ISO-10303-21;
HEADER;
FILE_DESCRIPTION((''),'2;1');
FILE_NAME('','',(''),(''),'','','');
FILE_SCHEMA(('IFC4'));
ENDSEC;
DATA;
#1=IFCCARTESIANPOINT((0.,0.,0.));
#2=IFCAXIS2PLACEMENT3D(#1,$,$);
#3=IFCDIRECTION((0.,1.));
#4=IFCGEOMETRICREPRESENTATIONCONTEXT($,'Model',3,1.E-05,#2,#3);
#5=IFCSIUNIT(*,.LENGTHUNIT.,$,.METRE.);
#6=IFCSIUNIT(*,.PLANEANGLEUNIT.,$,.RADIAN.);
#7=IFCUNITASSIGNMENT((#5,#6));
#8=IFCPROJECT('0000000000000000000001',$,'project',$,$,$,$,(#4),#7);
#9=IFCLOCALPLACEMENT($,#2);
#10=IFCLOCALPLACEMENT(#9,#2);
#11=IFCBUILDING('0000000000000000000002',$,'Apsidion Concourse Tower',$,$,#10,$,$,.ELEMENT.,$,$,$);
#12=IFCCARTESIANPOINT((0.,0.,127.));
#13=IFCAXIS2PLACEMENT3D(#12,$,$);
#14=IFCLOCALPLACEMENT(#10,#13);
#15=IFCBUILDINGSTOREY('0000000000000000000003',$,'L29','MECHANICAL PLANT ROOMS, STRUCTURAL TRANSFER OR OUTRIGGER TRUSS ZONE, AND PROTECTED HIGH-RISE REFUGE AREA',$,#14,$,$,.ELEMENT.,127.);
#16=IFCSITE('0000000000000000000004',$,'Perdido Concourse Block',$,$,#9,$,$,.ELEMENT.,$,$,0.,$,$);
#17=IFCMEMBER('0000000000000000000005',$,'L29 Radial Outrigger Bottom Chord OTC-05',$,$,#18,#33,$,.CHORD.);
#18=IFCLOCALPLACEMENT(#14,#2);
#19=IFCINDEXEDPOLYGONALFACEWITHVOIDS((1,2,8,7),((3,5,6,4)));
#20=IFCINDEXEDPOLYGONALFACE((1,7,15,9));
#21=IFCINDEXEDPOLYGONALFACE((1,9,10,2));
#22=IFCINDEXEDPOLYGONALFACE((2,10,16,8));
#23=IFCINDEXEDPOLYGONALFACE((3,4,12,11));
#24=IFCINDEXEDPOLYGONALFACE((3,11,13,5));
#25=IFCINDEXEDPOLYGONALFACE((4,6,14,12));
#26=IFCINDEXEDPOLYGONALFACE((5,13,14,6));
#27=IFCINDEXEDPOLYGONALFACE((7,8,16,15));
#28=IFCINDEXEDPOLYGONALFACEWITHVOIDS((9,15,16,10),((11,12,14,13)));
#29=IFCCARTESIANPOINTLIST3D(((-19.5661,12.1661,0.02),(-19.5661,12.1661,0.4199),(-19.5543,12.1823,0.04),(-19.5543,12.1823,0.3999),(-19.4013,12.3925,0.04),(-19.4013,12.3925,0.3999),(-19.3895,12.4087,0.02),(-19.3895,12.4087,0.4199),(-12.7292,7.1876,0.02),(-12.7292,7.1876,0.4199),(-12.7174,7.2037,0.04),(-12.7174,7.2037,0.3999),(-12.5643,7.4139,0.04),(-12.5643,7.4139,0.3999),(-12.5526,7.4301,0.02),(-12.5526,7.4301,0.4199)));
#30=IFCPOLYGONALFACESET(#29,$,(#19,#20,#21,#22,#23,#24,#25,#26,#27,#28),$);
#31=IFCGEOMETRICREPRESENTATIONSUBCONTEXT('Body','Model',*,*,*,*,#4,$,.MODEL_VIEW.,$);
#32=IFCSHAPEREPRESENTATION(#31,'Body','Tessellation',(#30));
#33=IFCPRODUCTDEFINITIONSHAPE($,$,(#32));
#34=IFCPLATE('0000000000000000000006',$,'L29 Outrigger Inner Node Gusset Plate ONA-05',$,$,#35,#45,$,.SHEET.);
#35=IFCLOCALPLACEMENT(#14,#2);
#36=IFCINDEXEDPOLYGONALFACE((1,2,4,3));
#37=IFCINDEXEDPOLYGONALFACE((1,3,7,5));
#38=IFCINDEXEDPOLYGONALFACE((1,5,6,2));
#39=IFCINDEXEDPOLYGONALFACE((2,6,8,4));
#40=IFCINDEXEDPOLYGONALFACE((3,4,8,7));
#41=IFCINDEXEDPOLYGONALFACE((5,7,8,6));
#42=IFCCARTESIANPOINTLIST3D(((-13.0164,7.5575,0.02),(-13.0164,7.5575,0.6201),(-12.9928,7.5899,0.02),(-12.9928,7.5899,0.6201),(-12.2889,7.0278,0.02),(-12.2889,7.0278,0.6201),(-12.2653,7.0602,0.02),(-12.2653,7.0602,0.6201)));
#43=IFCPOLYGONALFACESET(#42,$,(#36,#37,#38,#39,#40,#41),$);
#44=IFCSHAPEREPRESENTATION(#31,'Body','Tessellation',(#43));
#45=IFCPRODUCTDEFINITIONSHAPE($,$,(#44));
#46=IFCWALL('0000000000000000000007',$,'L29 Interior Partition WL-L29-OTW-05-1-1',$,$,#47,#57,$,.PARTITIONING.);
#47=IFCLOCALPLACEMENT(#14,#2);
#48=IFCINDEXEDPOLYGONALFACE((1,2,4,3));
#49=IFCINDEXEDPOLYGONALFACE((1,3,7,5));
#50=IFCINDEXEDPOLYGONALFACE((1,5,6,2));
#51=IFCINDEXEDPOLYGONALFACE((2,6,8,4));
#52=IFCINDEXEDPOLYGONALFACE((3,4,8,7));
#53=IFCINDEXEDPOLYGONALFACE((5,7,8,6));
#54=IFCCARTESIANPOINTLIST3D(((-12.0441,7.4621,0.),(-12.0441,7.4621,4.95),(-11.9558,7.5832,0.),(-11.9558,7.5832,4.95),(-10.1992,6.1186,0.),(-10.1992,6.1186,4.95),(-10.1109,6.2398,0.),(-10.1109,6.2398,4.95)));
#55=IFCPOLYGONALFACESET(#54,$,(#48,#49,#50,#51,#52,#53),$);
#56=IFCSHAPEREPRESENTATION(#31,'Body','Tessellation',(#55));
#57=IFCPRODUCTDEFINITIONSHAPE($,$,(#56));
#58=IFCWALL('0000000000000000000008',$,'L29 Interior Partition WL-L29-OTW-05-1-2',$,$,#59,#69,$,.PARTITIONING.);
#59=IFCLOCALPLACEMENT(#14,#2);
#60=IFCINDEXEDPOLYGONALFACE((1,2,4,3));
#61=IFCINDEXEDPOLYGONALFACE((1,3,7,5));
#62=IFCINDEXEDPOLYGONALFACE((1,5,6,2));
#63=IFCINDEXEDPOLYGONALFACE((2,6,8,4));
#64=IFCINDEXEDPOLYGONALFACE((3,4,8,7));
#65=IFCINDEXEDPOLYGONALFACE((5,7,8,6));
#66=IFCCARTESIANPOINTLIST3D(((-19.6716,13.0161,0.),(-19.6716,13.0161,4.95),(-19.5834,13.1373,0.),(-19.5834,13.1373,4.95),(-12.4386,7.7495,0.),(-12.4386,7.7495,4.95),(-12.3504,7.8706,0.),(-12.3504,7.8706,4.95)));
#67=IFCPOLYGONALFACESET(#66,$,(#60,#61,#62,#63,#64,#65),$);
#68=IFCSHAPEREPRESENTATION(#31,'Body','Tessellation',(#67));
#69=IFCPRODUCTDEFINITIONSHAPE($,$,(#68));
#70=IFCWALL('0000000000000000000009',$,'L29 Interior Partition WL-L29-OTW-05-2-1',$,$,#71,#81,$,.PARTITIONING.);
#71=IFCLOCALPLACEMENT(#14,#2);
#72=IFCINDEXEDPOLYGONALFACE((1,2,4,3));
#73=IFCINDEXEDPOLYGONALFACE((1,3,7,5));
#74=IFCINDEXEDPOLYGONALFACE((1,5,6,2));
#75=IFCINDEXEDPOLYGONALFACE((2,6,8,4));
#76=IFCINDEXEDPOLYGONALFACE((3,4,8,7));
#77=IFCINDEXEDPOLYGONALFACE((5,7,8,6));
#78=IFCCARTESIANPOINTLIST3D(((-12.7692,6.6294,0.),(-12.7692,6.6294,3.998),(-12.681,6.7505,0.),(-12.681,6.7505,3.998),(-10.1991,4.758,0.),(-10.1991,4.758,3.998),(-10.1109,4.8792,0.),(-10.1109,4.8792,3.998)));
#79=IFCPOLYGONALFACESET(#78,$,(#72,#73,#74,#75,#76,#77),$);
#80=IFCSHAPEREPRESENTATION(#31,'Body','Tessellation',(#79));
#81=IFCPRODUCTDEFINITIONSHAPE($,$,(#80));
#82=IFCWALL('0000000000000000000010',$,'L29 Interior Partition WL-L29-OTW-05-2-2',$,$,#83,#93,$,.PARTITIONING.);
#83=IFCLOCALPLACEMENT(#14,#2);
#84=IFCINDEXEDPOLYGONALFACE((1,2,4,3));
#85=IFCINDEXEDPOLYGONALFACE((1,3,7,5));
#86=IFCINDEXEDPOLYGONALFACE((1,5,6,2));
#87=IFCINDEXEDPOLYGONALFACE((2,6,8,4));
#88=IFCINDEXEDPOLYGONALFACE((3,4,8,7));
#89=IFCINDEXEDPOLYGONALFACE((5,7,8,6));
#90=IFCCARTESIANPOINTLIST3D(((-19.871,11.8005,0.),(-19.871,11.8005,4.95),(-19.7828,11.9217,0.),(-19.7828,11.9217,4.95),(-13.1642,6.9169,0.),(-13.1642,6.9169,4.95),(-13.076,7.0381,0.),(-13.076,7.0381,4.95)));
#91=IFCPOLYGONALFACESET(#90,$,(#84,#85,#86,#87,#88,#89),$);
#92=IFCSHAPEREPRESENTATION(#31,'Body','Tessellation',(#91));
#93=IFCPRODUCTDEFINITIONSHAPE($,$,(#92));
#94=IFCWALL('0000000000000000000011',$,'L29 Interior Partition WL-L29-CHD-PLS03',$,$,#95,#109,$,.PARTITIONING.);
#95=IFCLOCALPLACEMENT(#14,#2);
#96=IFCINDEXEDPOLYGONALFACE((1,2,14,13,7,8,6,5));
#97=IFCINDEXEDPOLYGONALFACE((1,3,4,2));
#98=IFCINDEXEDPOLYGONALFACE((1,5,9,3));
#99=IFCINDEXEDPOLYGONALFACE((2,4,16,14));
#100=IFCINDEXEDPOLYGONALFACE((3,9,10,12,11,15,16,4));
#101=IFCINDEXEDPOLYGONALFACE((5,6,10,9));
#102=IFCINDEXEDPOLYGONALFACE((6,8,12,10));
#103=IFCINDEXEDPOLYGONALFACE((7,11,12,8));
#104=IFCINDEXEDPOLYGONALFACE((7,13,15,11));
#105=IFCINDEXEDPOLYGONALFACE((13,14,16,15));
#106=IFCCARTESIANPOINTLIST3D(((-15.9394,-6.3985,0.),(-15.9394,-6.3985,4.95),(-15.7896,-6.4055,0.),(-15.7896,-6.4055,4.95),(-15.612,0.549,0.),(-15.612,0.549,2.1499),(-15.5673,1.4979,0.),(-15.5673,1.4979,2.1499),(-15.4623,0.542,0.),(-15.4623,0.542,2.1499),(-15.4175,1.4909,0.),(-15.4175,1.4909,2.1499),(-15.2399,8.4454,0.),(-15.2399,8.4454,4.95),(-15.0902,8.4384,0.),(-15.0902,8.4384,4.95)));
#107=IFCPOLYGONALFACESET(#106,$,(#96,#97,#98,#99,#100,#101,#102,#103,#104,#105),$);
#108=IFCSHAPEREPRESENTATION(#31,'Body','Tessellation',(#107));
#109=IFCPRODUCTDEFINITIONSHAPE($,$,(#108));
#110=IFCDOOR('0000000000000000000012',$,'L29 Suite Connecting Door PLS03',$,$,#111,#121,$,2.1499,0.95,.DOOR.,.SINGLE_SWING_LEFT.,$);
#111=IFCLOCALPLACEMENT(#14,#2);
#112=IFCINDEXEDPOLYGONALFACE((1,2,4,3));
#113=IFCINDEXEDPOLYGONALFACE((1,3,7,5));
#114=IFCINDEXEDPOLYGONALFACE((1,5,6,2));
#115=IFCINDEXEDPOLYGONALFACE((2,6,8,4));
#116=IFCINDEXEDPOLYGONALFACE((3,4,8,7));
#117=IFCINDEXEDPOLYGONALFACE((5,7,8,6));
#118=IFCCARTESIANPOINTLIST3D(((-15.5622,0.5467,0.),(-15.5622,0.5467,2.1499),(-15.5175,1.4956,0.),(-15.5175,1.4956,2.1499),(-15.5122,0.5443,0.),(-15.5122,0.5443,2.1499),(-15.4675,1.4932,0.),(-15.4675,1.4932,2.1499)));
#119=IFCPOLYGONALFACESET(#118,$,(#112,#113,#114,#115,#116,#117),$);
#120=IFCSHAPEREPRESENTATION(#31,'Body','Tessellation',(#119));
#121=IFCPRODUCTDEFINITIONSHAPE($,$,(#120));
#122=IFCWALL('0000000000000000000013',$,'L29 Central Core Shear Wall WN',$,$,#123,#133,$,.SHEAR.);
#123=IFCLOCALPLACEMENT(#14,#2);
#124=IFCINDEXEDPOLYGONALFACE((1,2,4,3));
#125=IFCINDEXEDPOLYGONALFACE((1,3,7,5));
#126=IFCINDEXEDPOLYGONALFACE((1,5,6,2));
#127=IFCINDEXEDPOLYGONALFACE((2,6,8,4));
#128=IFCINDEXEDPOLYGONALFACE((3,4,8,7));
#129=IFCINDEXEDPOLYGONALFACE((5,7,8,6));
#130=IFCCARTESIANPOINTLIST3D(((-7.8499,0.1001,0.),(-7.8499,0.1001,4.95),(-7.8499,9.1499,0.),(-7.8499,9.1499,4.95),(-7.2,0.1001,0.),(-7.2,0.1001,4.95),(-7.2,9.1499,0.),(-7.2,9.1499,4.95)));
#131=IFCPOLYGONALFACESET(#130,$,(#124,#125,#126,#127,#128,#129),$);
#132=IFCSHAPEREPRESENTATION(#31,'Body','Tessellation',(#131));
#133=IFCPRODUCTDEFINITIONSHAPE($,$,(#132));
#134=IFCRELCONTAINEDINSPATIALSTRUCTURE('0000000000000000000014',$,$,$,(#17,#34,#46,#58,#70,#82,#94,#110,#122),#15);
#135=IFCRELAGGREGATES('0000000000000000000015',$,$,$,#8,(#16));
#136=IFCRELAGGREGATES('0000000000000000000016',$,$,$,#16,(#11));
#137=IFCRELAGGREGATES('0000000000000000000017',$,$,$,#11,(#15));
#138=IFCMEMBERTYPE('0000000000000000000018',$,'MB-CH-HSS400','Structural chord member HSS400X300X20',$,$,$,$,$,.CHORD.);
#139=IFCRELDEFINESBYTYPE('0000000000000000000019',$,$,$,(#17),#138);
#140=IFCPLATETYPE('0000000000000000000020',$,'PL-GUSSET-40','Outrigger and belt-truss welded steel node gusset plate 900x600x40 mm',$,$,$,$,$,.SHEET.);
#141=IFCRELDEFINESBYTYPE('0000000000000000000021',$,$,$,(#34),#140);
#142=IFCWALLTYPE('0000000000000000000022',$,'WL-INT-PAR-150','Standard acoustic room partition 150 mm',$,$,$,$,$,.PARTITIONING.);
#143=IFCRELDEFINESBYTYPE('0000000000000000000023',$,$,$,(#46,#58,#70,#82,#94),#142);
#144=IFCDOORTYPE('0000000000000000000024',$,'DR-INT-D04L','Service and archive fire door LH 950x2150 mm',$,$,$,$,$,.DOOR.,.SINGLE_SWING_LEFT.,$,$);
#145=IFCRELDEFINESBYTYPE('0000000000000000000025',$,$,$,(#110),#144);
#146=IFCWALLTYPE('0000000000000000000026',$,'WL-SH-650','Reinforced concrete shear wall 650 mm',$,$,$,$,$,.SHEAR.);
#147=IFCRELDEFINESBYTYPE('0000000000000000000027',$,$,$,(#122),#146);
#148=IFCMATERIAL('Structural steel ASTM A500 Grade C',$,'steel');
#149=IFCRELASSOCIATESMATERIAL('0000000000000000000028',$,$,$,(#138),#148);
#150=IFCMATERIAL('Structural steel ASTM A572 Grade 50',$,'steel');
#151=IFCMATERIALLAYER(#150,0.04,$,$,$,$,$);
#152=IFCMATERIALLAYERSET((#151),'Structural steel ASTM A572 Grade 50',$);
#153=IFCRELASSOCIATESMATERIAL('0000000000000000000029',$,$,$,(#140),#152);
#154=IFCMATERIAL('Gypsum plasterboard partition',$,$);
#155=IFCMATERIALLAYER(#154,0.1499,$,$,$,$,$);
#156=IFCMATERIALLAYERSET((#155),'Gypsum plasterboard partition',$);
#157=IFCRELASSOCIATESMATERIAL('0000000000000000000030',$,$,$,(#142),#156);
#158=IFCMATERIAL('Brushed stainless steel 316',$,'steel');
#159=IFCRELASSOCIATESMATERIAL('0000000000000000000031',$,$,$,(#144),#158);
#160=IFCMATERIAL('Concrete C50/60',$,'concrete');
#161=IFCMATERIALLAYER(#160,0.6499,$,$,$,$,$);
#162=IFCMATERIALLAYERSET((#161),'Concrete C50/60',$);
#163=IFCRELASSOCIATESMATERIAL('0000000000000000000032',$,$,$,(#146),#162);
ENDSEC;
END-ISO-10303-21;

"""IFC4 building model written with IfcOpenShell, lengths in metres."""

from ifc_helpers import new_model, si_unit, direction, frame, frame_2d, origin, origin_2d, place, context, subcontext, project, spatial, rectangle, hollow_rectangle, extrude, material, layer, layer_set, material_profile, profile_set, type_object, element, fill, save


model = new_model("IFC4")

# Units and contexts
model_context = context("Model", 3, precision=1e-05, world=origin(), true_north=direction((0.0, 1.0)))
body_context = subcontext(model_context, "Body", "Model", "MODEL_VIEW")
ifc_project = project(units=[si_unit("LENGTHUNIT", "METRE"), si_unit("PLANEANGLEUNIT", "RADIAN")], contexts=[model_context])

# Site, building, storey
site_placement = place(None, origin())
site = spatial("IfcSite", under=ifc_project, at=site_placement, Name="Perdido Concourse Block", CompositionType="ELEMENT", RefElevation=0.0)
building_placement = place(site_placement, origin())
building = spatial("IfcBuilding", under=site, at=building_placement, Name="Apsidion Concourse Tower", CompositionType="ELEMENT")
storey_placement = place(building_placement, frame((0.0, 0.0, 127.0)))
storey = spatial("IfcBuildingStorey", under=building, at=storey_placement, Name="L29", Description="MECHANICAL PLANT ROOMS, STRUCTURAL TRANSFER OR OUTRIGGER TRUSS ZONE, AND PROTECTED HIGH-RISE REFUGE AREA", CompositionType="ELEMENT", Elevation=127.0)

# Shared definitions
ifc_material_1 = material(Name="Concrete C50/60", Category="concrete")

# Member
ifc_material_2 = material(Name="Structural steel ASTM A572 Grade 50", Category="steel")
ifc_material_3 = material(Name="Structural steel ASTM A500 Grade C", Category="steel")
ifc_material_profile_1 = material_profile(ifc_material_3, hollow_rectangle(XDim=0.3, YDim=0.3999, WallThickness=0.02, at=origin_2d()), Name="HSS400X300X20")
ifc_profile_set_1 = profile_set([ifc_material_profile_1], Name="Structural steel ASTM A500 Grade C")
member_type_1 = type_object("IfcMemberType", Name="MB-CH-HSS400", Description="Structural chord member HSS400X300X20", PredefinedType="CHORD", material=ifc_profile_set_1)
member_1_placement = place(storey_placement, frame((-12.6409, 7.3088, 0.22), z_axis=(-0.808386, 0.588652, 0.0), x_axis=(-0.588652, -0.808386, 0.0)))
element("IfcMember", 1, at=member_1_placement, inside=storey, type_object=member_type_1, Name="L29 Radial Outrigger Bottom Chord OTC-05", PredefinedType="CHORD", context=body_context, shape_type="SweptSolid", body=[
    extrude(hollow_rectangle(XDim=0.3, YDim=0.3999, WallThickness=0.02, at=origin_2d()), origin(), (0.0, 0.0, 1.0), 8.4575),
])

# Plate
ifc_layer_1 = layer(ifc_material_2, 0.04)
ifc_layer_set_1 = layer_set([ifc_layer_1], Name="Structural steel ASTM A572 Grade 50")
plate_type = type_object("IfcPlateType", Name="PL-GUSSET-40", Description="Outrigger and belt-truss welded steel node gusset plate 900x600x40 mm", PredefinedType="SHEET", material=ifc_layer_set_1)
plate_placement = place(storey_placement, frame((-12.6409, 7.3088, 0.02), z_axis=(0.0, 0.0, 1.0), x_axis=(-0.808401, 0.588632, 0.0)))
element("IfcPlate", 2, at=plate_placement, inside=storey, type_object=plate_type, Name="L29 Outrigger Inner Node Gusset Plate ONA-05", PredefinedType="SHEET", context=body_context, shape_type="SweptSolid", body=[
    extrude(rectangle(XDim=0.8999, YDim=0.04, at=origin_2d()), origin(), (0.0, 0.0, 1.0), 0.6001),
])

# Walls
ifc_material_4 = material(Name="Gypsum plasterboard partition")
ifc_layer_2 = layer(ifc_material_4, 0.1499)
ifc_layer_set_2 = layer_set([ifc_layer_2], Name="Gypsum plasterboard partition")
wall_type_1 = type_object("IfcWallType", Name="WL-INT-PAR-150", Description="Standard acoustic room partition 150 mm", PredefinedType="PARTITIONING", material=ifc_layer_set_2)
wall_1_placement = place(storey_placement, frame((-10.155, 6.1792, 0.0), z_axis=(0.0, 0.0, 1.0), x_axis=(-0.80838, 0.588661, 0.0)))
element("IfcWall", 3, at=wall_1_placement, inside=storey, type_object=wall_type_1, Name="L29 Interior Partition WL-L29-OTW-05-1-1", PredefinedType="PARTITIONING", context=body_context, shape_type="SweptSolid", body=[
    extrude(rectangle(XDim=2.2822, YDim=0.1499, at=frame_2d((1.1411, 0.0))), origin(), (0.0, 0.0, 1.0), 4.95),
])
wall_2_placement = place(storey_placement, frame((-12.3945, 7.8101, 0.0), z_axis=(0.0, 0.0, 1.0), x_axis=(-0.808401, 0.588632, 0.0)))
element("IfcWall", 4, at=wall_2_placement, inside=storey, type_object=wall_type_1, Name="L29 Interior Partition WL-L29-OTW-05-1-2", PredefinedType="PARTITIONING", context=body_context, shape_type="SweptSolid", body=[
    extrude(rectangle(XDim=8.9473, YDim=0.1499, at=frame_2d((4.4736, 0.0))), origin(), (0.0, 0.0, 1.0), 4.95),
])
wall_3_placement = place(storey_placement, frame((-10.155, 4.8186, 0.0), z_axis=(0.0, 0.0, 1.0), x_axis=(-0.808407, 0.588624, 0.0)))
element("IfcWall", 5, at=wall_3_placement, inside=storey, type_object=wall_type_1, Name="L29 Interior Partition WL-L29-OTW-05-2-1", PredefinedType="PARTITIONING", context=body_context, shape_type="SweptSolid", body=[
    extrude(rectangle(XDim=3.1792, YDim=0.1499, at=frame_2d((1.5896, 0.0))), origin(), (0.0, 0.0, 1.0), 3.998),
])
wall_4_placement = place(storey_placement, frame((-13.1201, 6.9775, 0.0), z_axis=(0.0, 0.0, 1.0), x_axis=(-0.808399, 0.588635, 0.0)))
element("IfcWall", 6, at=wall_4_placement, inside=storey, type_object=wall_type_1, Name="L29 Interior Partition WL-L29-OTW-05-2-2", PredefinedType="PARTITIONING", context=body_context, shape_type="SweptSolid", body=[
    extrude(rectangle(XDim=8.2964, YDim=0.1499, at=frame_2d((4.1482, 0.0))), origin(), (0.0, 0.0, 1.0), 4.95),
])

# Wall, opening, door
wall_5_placement = place(storey_placement, frame((-15.165, 8.4419, 0.0), z_axis=(0.0, 0.0, 1.0), x_axis=(-0.047069, -0.998892, 0.0)))
wall_5 = element("IfcWall", 7, at=wall_5_placement, inside=storey, type_object=wall_type_1, Name="L29 Interior Partition WL-L29-CHD-PLS03", PredefinedType="PARTITIONING", context=body_context, shape_type="SweptSolid", body=[
    extrude(rectangle(XDim=14.8604, YDim=0.1499, at=frame_2d((7.4302, 0.0))), origin(), (0.0, 0.0, 1.0), 4.95),
])
opening_1_placement = place(wall_5_placement, frame((6.9551, 0.0, 0.0)))
opening_1 = element("IfcOpeningElement", 8, at=opening_1_placement, cuts=wall_5, PredefinedType="OPENING", context=body_context, shape_type="SweptSolid", body=[
    extrude(rectangle(XDim=0.95, YDim=2.1499, at=frame_2d((0.4751, 1.075))), frame((0.0, 0.085, 0.0), z_axis=(0.0, -1.0, 0.0), x_axis=(1.0, 0.0, 0.0)), (0.0, 0.0, 1.0), 0.1699),
])
ifc_material_5 = material(Name="Brushed stainless steel 316", Category="steel")
door_type_1 = type_object("IfcDoorType", Name="DR-INT-D04L", Description="Service and archive fire door LH 950x2150 mm", OperationType="SINGLE_SWING_LEFT", PredefinedType="DOOR", material=ifc_material_5)
door_1_placement = place(opening_1_placement, origin())
door_1 = element("IfcDoor", 9, at=door_1_placement, inside=storey, type_object=door_type_1, Name="L29 Suite Connecting Door PLS03", OperationType="SINGLE_SWING_LEFT", OverallHeight=2.1499, OverallWidth=0.95, PredefinedType="DOOR", context=body_context, shape_type="SweptSolid", body=[
    extrude(rectangle(XDim=0.95, YDim=2.1499, at=frame_2d((0.4751, 1.075))), frame((0.0, 0.0249, 0.0), z_axis=(0.0, -1.0, 0.0), x_axis=(1.0, 0.0, 0.0)), (0.0, 0.0, 1.0), 0.05),
])
fill(opening_1, door_1)

# Wall
ifc_layer_3 = layer(ifc_material_1, 0.6499)
ifc_layer_set_3 = layer_set([ifc_layer_3], Name="Concrete C50/60")
wall_type_2 = type_object("IfcWallType", Name="WL-SH-650", Description="Reinforced concrete shear wall 650 mm", PredefinedType="SHEAR", material=ifc_layer_set_3)
wall_6_placement = place(storey_placement, frame((-7.5249, 0.1001, 0.0), z_axis=(0.0, 0.0, 1.0), x_axis=(0.0, 1.0, 0.0)))
element("IfcWall", 10, at=wall_6_placement, inside=storey, type_object=wall_type_2, Name="L29 Central Core Shear Wall WN", PredefinedType="SHEAR", context=body_context, shape_type="SweptSolid", body=[
    extrude(rectangle(XDim=9.0498, YDim=0.6499, at=frame_2d((4.5249, 0.0))), origin(), (0.0, 0.0, 1.0), 4.95),
])

save(model, "model.ifc")
